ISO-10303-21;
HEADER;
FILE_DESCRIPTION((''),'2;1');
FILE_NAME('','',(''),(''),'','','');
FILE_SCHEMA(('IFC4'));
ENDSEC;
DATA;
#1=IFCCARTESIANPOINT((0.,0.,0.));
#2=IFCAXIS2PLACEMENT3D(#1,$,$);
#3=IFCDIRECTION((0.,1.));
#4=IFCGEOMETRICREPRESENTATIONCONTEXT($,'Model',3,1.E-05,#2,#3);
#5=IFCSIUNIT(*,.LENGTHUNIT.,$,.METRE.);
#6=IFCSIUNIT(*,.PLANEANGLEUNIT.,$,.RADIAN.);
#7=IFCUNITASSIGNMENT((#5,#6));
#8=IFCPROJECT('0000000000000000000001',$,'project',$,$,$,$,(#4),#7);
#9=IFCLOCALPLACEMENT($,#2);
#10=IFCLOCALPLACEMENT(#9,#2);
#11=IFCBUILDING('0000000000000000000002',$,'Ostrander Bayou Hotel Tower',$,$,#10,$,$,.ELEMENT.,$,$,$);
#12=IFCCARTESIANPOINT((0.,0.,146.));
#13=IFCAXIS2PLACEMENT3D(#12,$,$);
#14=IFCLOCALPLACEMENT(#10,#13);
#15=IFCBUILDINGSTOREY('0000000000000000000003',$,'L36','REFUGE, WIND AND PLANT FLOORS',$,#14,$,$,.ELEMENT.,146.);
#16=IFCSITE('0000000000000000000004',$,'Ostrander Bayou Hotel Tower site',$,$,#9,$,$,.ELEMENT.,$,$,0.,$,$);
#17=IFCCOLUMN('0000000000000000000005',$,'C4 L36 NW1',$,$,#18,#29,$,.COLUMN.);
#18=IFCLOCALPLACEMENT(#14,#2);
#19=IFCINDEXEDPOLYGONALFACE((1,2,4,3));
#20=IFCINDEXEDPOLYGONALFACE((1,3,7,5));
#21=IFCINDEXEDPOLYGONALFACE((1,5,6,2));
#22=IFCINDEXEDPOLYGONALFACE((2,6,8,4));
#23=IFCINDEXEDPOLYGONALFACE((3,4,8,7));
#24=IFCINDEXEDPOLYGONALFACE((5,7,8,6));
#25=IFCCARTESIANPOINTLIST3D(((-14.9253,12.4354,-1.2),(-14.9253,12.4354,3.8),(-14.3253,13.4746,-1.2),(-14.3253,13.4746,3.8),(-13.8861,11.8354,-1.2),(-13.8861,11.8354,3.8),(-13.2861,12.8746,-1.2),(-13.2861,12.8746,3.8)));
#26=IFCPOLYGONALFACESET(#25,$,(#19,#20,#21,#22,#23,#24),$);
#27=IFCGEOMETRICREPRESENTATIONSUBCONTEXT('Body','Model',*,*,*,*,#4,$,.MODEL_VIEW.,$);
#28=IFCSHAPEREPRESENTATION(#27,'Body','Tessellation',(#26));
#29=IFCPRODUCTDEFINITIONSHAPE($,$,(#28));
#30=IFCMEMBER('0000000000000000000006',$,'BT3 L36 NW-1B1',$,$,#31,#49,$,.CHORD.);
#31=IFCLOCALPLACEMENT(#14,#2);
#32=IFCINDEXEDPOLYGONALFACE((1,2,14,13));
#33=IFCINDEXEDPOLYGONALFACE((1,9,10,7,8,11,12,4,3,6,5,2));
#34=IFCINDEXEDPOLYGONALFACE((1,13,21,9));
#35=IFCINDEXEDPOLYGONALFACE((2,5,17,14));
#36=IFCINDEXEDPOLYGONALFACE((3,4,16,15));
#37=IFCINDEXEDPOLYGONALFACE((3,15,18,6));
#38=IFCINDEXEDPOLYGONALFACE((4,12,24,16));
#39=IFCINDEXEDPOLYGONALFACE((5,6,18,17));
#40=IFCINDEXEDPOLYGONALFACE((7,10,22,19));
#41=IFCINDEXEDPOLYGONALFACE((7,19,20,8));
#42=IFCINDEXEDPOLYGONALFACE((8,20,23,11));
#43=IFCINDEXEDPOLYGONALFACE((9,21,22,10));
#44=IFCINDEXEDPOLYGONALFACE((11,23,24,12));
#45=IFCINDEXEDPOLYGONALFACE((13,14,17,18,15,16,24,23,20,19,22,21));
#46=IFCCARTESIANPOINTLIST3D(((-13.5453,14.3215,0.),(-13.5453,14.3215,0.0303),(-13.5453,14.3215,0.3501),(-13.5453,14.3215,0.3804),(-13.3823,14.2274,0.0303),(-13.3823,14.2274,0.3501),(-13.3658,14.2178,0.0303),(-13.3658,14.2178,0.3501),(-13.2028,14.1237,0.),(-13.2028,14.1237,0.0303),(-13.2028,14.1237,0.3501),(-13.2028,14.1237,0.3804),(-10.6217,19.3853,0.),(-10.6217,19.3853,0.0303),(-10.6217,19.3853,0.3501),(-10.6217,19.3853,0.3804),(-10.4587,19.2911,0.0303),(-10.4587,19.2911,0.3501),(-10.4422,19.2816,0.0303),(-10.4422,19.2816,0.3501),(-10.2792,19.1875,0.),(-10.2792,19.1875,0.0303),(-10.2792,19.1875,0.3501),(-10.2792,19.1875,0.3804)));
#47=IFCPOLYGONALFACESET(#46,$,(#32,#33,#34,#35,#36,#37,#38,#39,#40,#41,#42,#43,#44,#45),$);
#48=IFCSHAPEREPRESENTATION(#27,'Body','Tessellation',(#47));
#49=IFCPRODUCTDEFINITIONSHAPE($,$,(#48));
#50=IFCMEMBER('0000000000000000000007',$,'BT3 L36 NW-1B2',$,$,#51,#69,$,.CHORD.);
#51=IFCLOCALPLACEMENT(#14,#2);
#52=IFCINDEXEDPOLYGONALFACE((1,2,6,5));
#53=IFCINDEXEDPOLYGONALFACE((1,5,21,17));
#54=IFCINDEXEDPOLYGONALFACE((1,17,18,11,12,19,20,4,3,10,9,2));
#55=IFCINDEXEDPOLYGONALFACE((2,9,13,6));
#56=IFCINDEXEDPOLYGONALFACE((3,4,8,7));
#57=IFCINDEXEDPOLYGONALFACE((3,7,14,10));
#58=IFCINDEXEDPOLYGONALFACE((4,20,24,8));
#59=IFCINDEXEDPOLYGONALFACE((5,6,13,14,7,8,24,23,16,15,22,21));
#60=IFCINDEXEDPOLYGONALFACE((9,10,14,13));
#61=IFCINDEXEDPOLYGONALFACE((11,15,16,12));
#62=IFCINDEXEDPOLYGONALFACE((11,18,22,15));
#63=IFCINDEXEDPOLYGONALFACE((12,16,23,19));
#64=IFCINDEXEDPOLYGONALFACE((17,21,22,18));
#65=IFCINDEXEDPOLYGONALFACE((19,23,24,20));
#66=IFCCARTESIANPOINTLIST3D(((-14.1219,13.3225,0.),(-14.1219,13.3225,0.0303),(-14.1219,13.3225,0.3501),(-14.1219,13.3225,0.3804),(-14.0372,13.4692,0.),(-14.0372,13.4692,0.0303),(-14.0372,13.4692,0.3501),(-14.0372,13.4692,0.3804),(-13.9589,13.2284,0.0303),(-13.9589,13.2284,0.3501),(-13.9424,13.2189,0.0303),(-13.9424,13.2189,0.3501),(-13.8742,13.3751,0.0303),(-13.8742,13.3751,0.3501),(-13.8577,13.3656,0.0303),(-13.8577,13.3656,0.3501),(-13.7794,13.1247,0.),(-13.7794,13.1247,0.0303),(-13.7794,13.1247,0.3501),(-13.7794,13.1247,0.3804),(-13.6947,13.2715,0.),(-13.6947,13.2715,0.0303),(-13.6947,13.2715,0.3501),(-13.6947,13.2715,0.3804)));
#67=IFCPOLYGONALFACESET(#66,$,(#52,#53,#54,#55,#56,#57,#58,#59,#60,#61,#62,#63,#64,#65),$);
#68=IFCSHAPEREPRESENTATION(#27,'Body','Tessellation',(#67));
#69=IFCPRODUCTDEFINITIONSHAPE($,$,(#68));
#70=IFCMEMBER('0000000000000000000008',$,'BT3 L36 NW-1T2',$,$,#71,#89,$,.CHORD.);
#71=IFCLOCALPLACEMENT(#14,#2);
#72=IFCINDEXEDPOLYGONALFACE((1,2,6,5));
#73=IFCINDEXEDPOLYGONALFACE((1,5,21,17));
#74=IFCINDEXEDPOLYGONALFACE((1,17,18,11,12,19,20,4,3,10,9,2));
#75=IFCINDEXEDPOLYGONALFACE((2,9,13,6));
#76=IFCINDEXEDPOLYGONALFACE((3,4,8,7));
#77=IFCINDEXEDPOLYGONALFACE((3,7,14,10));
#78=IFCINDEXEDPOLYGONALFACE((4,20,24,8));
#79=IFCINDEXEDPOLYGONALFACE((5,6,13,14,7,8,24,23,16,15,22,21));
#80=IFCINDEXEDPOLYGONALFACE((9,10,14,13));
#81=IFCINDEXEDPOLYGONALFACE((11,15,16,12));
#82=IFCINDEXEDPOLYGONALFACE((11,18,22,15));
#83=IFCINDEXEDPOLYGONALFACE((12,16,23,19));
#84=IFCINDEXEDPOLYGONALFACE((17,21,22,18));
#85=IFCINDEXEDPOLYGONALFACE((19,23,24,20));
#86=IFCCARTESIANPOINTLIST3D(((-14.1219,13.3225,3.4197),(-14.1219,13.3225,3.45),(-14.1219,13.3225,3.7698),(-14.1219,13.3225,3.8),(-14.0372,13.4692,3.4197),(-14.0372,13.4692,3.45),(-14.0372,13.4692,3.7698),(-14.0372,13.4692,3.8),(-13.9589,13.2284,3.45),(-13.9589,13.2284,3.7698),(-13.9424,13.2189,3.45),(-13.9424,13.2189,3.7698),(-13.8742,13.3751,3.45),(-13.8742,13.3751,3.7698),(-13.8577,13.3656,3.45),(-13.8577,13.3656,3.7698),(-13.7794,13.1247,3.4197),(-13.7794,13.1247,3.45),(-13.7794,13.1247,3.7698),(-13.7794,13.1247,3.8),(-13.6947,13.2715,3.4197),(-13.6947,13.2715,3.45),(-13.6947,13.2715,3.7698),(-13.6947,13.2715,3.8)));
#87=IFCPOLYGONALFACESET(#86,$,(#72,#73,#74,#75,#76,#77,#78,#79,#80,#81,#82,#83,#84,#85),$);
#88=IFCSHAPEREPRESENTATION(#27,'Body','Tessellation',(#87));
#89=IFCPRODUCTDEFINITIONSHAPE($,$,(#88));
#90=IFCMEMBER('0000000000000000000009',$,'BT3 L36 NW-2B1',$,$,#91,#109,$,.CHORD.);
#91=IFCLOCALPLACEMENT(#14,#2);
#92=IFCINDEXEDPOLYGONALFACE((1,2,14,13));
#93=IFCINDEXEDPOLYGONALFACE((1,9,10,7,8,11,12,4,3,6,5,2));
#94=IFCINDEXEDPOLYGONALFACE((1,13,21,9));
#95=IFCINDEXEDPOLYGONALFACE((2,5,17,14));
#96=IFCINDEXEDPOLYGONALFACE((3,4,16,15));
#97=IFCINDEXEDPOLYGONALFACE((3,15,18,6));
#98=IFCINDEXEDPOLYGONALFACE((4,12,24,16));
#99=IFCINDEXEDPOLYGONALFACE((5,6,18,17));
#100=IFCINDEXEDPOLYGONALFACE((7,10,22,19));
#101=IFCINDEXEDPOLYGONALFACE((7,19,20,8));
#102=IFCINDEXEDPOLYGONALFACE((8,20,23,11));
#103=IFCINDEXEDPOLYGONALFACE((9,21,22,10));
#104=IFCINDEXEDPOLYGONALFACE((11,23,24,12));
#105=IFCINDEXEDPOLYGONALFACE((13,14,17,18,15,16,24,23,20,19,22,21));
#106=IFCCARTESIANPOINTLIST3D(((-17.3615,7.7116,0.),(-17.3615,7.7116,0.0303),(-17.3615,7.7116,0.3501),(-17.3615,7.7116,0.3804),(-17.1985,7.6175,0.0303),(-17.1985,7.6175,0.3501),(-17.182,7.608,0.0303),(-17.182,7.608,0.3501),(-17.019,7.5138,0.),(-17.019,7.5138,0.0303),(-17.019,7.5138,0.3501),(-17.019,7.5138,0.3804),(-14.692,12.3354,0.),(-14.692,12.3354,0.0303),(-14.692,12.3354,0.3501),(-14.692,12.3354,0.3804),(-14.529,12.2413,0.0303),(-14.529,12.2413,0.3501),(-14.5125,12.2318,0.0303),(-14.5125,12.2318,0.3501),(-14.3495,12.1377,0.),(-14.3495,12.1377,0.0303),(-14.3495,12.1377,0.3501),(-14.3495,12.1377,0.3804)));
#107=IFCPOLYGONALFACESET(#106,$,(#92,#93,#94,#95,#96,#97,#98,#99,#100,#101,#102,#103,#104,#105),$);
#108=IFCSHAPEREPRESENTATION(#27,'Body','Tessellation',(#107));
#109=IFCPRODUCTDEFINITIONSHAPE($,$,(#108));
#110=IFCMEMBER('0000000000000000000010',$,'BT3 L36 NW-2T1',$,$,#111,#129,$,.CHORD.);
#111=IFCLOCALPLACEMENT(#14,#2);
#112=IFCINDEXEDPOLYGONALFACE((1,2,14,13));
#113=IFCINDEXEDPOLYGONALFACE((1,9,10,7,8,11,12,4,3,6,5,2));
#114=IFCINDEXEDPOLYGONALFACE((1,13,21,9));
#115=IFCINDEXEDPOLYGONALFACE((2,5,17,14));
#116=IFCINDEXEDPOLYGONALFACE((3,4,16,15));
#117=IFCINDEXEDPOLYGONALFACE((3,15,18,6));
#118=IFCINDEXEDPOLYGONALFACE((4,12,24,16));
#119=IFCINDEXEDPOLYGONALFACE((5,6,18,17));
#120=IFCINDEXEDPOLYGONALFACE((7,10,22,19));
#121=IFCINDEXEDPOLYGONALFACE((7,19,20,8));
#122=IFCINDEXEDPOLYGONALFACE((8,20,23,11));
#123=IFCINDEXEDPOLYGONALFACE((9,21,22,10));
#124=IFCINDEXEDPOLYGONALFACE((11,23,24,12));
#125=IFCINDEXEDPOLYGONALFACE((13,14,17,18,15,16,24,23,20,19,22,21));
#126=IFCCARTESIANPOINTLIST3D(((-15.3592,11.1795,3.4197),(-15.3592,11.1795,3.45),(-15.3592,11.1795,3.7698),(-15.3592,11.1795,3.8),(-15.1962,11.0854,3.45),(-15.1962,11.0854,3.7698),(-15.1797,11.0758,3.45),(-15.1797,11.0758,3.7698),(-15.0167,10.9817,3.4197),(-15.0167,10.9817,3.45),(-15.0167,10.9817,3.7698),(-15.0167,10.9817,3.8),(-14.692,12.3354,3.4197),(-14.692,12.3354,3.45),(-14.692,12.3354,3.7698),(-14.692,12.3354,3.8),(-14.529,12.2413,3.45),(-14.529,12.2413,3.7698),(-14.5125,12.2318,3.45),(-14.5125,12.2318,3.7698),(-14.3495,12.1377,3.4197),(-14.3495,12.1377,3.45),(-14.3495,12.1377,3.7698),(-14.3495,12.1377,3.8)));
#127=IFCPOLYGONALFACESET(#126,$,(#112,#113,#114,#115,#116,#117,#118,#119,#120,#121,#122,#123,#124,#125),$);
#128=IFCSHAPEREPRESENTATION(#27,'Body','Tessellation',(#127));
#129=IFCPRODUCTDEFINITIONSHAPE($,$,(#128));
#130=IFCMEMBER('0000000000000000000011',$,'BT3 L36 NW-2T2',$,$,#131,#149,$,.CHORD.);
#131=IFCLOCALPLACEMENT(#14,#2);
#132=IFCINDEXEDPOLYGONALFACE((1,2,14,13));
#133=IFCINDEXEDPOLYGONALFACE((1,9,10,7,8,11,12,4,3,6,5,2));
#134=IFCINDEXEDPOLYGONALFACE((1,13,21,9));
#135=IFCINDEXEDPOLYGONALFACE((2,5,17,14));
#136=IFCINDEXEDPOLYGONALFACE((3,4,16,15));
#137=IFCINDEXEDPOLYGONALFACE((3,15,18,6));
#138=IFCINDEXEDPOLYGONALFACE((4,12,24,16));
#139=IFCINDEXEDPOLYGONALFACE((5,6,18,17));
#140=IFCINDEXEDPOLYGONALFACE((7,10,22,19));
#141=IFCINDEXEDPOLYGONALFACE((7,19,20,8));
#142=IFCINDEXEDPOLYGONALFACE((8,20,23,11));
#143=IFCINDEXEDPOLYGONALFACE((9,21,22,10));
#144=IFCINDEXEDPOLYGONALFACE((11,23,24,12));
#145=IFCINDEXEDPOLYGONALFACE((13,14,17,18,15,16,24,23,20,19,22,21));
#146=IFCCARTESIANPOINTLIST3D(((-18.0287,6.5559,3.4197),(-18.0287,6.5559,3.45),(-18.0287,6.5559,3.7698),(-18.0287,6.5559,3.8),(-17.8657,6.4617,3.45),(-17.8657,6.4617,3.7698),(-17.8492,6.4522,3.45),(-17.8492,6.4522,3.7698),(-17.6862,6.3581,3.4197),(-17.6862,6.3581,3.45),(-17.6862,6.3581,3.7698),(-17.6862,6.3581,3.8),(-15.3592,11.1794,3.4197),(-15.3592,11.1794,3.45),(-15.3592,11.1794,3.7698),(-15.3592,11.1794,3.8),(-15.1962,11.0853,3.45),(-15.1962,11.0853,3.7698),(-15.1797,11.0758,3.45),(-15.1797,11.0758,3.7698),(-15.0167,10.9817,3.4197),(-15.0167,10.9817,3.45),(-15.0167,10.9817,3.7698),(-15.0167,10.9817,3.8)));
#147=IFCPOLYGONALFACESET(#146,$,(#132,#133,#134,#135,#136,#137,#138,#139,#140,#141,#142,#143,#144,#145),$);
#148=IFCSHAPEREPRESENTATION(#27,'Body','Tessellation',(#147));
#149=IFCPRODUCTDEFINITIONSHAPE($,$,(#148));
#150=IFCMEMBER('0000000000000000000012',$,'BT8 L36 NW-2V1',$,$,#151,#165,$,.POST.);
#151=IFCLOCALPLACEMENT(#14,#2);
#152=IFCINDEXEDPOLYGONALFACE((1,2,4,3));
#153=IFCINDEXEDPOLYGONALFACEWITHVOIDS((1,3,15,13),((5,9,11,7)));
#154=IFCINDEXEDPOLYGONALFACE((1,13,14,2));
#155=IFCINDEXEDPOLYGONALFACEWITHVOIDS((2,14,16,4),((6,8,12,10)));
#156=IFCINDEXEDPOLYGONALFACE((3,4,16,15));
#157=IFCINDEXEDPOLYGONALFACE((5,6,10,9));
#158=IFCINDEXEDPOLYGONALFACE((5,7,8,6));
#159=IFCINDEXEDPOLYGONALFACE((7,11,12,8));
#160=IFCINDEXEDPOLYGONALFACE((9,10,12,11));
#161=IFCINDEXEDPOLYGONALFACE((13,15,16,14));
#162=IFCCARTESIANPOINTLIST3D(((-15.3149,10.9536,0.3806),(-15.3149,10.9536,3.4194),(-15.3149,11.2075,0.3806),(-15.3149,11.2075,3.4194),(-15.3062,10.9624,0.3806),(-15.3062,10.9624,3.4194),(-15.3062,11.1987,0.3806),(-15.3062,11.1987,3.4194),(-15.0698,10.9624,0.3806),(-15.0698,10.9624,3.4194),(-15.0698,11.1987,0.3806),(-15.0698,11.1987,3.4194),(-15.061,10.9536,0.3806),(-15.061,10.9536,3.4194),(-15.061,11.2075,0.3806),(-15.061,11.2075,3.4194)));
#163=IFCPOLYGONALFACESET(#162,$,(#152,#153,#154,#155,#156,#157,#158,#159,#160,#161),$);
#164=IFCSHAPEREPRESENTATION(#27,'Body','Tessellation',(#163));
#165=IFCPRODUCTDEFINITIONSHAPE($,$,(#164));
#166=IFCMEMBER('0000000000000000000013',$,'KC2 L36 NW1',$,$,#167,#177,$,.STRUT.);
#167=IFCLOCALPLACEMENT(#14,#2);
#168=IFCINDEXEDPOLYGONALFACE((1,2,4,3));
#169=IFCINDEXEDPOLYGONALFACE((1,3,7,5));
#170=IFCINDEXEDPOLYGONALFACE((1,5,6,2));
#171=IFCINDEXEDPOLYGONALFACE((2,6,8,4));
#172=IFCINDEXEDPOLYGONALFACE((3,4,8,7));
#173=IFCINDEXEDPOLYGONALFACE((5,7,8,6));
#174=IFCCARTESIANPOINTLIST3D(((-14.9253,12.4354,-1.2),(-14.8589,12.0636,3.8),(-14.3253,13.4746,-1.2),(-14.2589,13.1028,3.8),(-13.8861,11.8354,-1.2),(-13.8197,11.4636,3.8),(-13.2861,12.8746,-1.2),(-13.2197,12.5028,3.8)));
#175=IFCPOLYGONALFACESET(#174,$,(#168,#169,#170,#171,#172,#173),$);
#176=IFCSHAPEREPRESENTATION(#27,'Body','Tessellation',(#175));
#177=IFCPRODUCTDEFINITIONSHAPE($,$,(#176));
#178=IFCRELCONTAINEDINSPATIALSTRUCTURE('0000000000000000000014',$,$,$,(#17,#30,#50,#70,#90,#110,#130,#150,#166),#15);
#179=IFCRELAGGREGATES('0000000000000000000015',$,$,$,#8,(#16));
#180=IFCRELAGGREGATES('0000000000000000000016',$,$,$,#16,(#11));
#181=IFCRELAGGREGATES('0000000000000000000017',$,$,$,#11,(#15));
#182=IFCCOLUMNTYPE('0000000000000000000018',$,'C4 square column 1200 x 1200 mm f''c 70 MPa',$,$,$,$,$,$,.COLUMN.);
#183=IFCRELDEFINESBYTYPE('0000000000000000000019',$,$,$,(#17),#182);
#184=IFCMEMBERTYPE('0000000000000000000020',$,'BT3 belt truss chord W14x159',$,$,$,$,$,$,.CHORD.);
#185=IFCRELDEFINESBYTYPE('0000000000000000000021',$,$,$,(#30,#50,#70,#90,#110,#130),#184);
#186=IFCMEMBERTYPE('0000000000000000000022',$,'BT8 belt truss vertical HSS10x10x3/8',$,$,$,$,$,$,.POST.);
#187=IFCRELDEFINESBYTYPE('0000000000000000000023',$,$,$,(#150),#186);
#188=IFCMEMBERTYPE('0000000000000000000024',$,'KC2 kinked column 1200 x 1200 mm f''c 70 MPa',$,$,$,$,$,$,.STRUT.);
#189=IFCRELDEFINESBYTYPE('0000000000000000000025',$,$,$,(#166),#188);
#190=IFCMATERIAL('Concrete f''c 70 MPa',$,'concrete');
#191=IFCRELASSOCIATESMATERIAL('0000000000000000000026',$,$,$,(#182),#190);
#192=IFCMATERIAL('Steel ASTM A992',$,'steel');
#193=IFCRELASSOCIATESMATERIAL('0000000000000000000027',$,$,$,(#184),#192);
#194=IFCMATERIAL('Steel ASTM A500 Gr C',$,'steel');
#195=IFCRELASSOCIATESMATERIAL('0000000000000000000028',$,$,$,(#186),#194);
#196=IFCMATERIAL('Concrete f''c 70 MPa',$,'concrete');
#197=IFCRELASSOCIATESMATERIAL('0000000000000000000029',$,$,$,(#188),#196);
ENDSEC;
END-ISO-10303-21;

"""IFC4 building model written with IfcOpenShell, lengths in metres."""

from ifc_helpers import new_model, si_unit, direction, frame, origin, origin_2d, place, context, subcontext, project, spatial, rectangle, hollow_rectangle, i_section, extrude, material, material_profile, profile_set, type_object, element, save


model = new_model("IFC4")

# Units and contexts
model_context = context("Model", 3, precision=1e-05, world=origin(), true_north=direction((0.0, 1.0)))
body_context = subcontext(model_context, "Body", "Model", "MODEL_VIEW")
ifc_project = project(units=[si_unit("LENGTHUNIT", "METRE"), si_unit("PLANEANGLEUNIT", "RADIAN")], contexts=[model_context])

# Site, building, storey
site_placement = place(None, origin())
site = spatial("IfcSite", under=ifc_project, at=site_placement, Name="Ostrander Bayou Hotel Tower site", CompositionType="ELEMENT", RefElevation=0.0)
building_placement = place(site_placement, origin())
building = spatial("IfcBuilding", under=site, at=building_placement, Name="Ostrander Bayou Hotel Tower", CompositionType="ELEMENT")
storey_placement = place(building_placement, frame((0.0, 0.0, 146.0)))
storey = spatial("IfcBuildingStorey", under=building, at=storey_placement, Name="L36", Description="REFUGE, WIND AND PLANT FLOORS", CompositionType="ELEMENT", Elevation=146.0)

# Column
ifc_material_1 = material(Name="Concrete f'c 70 MPa", Category="concrete")
ifc_material_profile_1 = material_profile(ifc_material_1, rectangle(XDim=1.2, YDim=1.2, at=origin_2d()))
ifc_profile_set_1 = profile_set([ifc_material_profile_1], Name="Concrete f'c 70 MPa")
column_type = type_object("IfcColumnType", Name="C4 square column 1200 x 1200 mm f'c 70 MPa", PredefinedType="COLUMN", material=ifc_profile_set_1)
column_placement = place(storey_placement, frame((-14.1057, 12.655, -1.2), z_axis=(0.0, 0.0, 1.0), x_axis=(0.5, 0.866025, 0.0)))
element("IfcColumn", 1, at=column_placement, inside=storey, type_object=column_type, Name="C4 L36 NW1", PredefinedType="COLUMN", context=body_context, shape_type="SweptSolid", body=[
    extrude(rectangle(XDim=1.2, YDim=1.2, at=origin_2d()), origin(), (0.0, 0.0, 1.0), 5.0),
])

# Members
ifc_material_2 = material(Name="Steel ASTM A992", Category="steel")
ifc_material_profile_2 = material_profile(ifc_material_2, i_section(OverallWidth=0.3955, OverallDepth=0.3804, WebThickness=0.019, FlangeThickness=0.0303, at=origin_2d()))
ifc_profile_set_2 = profile_set([ifc_material_profile_2], Name="Steel ASTM A992")
member_type_1 = type_object("IfcMemberType", Name="BT3 belt truss chord W14x159", PredefinedType="CHORD", material=ifc_profile_set_2)
member_1_placement = place(storey_placement, frame((-10.4504, 19.2864, 0.1902), z_axis=(-0.500006, -0.866022, 0.0), x_axis=(0.866022, -0.500006, 0.0)))
element("IfcMember", 2, at=member_1_placement, inside=storey, type_object=member_type_1, Name="BT3 L36 NW-1B1", PredefinedType="CHORD", context=body_context, shape_type="SweptSolid", body=[
    extrude(i_section(OverallWidth=0.3955, OverallDepth=0.3804, WebThickness=0.019, FlangeThickness=0.0303, at=origin_2d()), origin(), (0.0, 0.0, 1.0), 5.8472),
])
for number, where, z_axis, x_axis, name in (
    (3, (-13.866, 13.3704, 0.1902), (-0.500013, -0.866018, 0.0), (0.866018, -0.500013, 0.0), "BT3 L36 NW-1B2"),
    (4, (-13.866, 13.3704, 3.6099), (-0.500013, -0.866018, 0.0), (0.866018, -0.500013, 0.0), "BT3 L36 NW-1T2"),
):
    element("IfcMember", number, at=place(storey_placement, frame(where, z_axis=z_axis, x_axis=x_axis)), inside=storey, type_object=member_type_1, Name=name, PredefinedType="CHORD", context=body_context, shape_type="SweptSolid", body=[
        extrude(i_section(OverallWidth=0.3955, OverallDepth=0.3804, WebThickness=0.019, FlangeThickness=0.0303, at=origin_2d()), origin(), (0.0, 0.0, 1.0), 0.1694),
    ])
member_2_placement = place(storey_placement, frame((-14.5208, 12.2366, 0.1902), z_axis=(-0.499985, -0.866034, 0.0), x_axis=(0.866034, -0.499985, 0.0)))
element("IfcMember", 5, at=member_2_placement, inside=storey, type_object=member_type_1, Name="BT3 L36 NW-2B1", PredefinedType="CHORD", context=body_context, shape_type="SweptSolid", body=[
    extrude(i_section(OverallWidth=0.3955, OverallDepth=0.3804, WebThickness=0.019, FlangeThickness=0.0303, at=origin_2d()), origin(), (0.0, 0.0, 1.0), 5.3391),
])
member_3_placement = place(storey_placement, frame((-14.5208, 12.2366, 3.6099), z_axis=(-0.499897, -0.866085, 0.0), x_axis=(0.866085, -0.499897, 0.0)))
element("IfcMember", 6, at=member_3_placement, inside=storey, type_object=member_type_1, Name="BT3 L36 NW-2T1", PredefinedType="CHORD", context=body_context, shape_type="SweptSolid", body=[
    extrude(i_section(OverallWidth=0.3955, OverallDepth=0.3804, WebThickness=0.019, FlangeThickness=0.0303, at=origin_2d()), origin(), (0.0, 0.0, 1.0), 1.3347),
])
member_4_placement = place(storey_placement, frame((-15.188, 11.0806, 3.6099), z_axis=(-0.500005, -0.866023, 0.0), x_axis=(0.866023, -0.500005, 0.0)))
element("IfcMember", 7, at=member_4_placement, inside=storey, type_object=member_type_1, Name="BT3 L36 NW-2T2", PredefinedType="CHORD", context=body_context, shape_type="SweptSolid", body=[
    extrude(i_section(OverallWidth=0.3955, OverallDepth=0.3804, WebThickness=0.019, FlangeThickness=0.0303, at=origin_2d()), origin(), (0.0, 0.0, 1.0), 5.3389),
])
ifc_material_3 = material(Name="Steel ASTM A500 Gr C", Category="steel")
ifc_material_profile_3 = material_profile(ifc_material_3, hollow_rectangle(XDim=0.2539, YDim=0.2539, WallThickness=0.0088, at=origin_2d()))
ifc_profile_set_3 = profile_set([ifc_material_profile_3], Name="Steel ASTM A500 Gr C")
member_type_2 = type_object("IfcMemberType", Name="BT8 belt truss vertical HSS10x10x3/8", PredefinedType="POST", material=ifc_profile_set_3)
member_5_placement = place(storey_placement, frame((-15.188, 11.0806, 0.3806), z_axis=(0.0, 0.0, 1.0), x_axis=(1.0, 0.0, 0.0)))
element("IfcMember", 8, at=member_5_placement, inside=storey, type_object=member_type_2, Name="BT8 L36 NW-2V1", PredefinedType="POST", context=body_context, shape_type="SweptSolid", body=[
    extrude(hollow_rectangle(XDim=0.2539, YDim=0.2539, WallThickness=0.0088, at=origin_2d()), origin(), (0.0, 0.0, 1.0), 3.0388),
])
ifc_material_4 = material(Name="Concrete f'c 70 MPa", Category="concrete")
ifc_material_profile_4 = material_profile(ifc_material_4, rectangle(XDim=1.2, YDim=1.2, at=origin_2d()))
ifc_profile_set_4 = profile_set([ifc_material_profile_4], Name="Concrete f'c 70 MPa")
member_type_3 = type_object("IfcMemberType", Name="KC2 kinked column 1200 x 1200 mm f'c 70 MPa", PredefinedType="STRUT", material=ifc_profile_set_4)
member_6_placement = place(storey_placement, frame((-14.1057, 12.655, -1.2), z_axis=(0.0, 0.0, 1.0), x_axis=(0.5, 0.866025, 0.0)))
element("IfcMember", 9, at=member_6_placement, inside=storey, type_object=member_type_3, Name="KC2 L36 NW1", PredefinedType="STRUT", context=body_context, shape_type="SweptSolid", body=[
    extrude(rectangle(XDim=1.2, YDim=1.2, at=origin_2d()), origin(), (-0.057597, -0.048546, 0.997159), 5.0142),
])

save(model, "model.ifc")
